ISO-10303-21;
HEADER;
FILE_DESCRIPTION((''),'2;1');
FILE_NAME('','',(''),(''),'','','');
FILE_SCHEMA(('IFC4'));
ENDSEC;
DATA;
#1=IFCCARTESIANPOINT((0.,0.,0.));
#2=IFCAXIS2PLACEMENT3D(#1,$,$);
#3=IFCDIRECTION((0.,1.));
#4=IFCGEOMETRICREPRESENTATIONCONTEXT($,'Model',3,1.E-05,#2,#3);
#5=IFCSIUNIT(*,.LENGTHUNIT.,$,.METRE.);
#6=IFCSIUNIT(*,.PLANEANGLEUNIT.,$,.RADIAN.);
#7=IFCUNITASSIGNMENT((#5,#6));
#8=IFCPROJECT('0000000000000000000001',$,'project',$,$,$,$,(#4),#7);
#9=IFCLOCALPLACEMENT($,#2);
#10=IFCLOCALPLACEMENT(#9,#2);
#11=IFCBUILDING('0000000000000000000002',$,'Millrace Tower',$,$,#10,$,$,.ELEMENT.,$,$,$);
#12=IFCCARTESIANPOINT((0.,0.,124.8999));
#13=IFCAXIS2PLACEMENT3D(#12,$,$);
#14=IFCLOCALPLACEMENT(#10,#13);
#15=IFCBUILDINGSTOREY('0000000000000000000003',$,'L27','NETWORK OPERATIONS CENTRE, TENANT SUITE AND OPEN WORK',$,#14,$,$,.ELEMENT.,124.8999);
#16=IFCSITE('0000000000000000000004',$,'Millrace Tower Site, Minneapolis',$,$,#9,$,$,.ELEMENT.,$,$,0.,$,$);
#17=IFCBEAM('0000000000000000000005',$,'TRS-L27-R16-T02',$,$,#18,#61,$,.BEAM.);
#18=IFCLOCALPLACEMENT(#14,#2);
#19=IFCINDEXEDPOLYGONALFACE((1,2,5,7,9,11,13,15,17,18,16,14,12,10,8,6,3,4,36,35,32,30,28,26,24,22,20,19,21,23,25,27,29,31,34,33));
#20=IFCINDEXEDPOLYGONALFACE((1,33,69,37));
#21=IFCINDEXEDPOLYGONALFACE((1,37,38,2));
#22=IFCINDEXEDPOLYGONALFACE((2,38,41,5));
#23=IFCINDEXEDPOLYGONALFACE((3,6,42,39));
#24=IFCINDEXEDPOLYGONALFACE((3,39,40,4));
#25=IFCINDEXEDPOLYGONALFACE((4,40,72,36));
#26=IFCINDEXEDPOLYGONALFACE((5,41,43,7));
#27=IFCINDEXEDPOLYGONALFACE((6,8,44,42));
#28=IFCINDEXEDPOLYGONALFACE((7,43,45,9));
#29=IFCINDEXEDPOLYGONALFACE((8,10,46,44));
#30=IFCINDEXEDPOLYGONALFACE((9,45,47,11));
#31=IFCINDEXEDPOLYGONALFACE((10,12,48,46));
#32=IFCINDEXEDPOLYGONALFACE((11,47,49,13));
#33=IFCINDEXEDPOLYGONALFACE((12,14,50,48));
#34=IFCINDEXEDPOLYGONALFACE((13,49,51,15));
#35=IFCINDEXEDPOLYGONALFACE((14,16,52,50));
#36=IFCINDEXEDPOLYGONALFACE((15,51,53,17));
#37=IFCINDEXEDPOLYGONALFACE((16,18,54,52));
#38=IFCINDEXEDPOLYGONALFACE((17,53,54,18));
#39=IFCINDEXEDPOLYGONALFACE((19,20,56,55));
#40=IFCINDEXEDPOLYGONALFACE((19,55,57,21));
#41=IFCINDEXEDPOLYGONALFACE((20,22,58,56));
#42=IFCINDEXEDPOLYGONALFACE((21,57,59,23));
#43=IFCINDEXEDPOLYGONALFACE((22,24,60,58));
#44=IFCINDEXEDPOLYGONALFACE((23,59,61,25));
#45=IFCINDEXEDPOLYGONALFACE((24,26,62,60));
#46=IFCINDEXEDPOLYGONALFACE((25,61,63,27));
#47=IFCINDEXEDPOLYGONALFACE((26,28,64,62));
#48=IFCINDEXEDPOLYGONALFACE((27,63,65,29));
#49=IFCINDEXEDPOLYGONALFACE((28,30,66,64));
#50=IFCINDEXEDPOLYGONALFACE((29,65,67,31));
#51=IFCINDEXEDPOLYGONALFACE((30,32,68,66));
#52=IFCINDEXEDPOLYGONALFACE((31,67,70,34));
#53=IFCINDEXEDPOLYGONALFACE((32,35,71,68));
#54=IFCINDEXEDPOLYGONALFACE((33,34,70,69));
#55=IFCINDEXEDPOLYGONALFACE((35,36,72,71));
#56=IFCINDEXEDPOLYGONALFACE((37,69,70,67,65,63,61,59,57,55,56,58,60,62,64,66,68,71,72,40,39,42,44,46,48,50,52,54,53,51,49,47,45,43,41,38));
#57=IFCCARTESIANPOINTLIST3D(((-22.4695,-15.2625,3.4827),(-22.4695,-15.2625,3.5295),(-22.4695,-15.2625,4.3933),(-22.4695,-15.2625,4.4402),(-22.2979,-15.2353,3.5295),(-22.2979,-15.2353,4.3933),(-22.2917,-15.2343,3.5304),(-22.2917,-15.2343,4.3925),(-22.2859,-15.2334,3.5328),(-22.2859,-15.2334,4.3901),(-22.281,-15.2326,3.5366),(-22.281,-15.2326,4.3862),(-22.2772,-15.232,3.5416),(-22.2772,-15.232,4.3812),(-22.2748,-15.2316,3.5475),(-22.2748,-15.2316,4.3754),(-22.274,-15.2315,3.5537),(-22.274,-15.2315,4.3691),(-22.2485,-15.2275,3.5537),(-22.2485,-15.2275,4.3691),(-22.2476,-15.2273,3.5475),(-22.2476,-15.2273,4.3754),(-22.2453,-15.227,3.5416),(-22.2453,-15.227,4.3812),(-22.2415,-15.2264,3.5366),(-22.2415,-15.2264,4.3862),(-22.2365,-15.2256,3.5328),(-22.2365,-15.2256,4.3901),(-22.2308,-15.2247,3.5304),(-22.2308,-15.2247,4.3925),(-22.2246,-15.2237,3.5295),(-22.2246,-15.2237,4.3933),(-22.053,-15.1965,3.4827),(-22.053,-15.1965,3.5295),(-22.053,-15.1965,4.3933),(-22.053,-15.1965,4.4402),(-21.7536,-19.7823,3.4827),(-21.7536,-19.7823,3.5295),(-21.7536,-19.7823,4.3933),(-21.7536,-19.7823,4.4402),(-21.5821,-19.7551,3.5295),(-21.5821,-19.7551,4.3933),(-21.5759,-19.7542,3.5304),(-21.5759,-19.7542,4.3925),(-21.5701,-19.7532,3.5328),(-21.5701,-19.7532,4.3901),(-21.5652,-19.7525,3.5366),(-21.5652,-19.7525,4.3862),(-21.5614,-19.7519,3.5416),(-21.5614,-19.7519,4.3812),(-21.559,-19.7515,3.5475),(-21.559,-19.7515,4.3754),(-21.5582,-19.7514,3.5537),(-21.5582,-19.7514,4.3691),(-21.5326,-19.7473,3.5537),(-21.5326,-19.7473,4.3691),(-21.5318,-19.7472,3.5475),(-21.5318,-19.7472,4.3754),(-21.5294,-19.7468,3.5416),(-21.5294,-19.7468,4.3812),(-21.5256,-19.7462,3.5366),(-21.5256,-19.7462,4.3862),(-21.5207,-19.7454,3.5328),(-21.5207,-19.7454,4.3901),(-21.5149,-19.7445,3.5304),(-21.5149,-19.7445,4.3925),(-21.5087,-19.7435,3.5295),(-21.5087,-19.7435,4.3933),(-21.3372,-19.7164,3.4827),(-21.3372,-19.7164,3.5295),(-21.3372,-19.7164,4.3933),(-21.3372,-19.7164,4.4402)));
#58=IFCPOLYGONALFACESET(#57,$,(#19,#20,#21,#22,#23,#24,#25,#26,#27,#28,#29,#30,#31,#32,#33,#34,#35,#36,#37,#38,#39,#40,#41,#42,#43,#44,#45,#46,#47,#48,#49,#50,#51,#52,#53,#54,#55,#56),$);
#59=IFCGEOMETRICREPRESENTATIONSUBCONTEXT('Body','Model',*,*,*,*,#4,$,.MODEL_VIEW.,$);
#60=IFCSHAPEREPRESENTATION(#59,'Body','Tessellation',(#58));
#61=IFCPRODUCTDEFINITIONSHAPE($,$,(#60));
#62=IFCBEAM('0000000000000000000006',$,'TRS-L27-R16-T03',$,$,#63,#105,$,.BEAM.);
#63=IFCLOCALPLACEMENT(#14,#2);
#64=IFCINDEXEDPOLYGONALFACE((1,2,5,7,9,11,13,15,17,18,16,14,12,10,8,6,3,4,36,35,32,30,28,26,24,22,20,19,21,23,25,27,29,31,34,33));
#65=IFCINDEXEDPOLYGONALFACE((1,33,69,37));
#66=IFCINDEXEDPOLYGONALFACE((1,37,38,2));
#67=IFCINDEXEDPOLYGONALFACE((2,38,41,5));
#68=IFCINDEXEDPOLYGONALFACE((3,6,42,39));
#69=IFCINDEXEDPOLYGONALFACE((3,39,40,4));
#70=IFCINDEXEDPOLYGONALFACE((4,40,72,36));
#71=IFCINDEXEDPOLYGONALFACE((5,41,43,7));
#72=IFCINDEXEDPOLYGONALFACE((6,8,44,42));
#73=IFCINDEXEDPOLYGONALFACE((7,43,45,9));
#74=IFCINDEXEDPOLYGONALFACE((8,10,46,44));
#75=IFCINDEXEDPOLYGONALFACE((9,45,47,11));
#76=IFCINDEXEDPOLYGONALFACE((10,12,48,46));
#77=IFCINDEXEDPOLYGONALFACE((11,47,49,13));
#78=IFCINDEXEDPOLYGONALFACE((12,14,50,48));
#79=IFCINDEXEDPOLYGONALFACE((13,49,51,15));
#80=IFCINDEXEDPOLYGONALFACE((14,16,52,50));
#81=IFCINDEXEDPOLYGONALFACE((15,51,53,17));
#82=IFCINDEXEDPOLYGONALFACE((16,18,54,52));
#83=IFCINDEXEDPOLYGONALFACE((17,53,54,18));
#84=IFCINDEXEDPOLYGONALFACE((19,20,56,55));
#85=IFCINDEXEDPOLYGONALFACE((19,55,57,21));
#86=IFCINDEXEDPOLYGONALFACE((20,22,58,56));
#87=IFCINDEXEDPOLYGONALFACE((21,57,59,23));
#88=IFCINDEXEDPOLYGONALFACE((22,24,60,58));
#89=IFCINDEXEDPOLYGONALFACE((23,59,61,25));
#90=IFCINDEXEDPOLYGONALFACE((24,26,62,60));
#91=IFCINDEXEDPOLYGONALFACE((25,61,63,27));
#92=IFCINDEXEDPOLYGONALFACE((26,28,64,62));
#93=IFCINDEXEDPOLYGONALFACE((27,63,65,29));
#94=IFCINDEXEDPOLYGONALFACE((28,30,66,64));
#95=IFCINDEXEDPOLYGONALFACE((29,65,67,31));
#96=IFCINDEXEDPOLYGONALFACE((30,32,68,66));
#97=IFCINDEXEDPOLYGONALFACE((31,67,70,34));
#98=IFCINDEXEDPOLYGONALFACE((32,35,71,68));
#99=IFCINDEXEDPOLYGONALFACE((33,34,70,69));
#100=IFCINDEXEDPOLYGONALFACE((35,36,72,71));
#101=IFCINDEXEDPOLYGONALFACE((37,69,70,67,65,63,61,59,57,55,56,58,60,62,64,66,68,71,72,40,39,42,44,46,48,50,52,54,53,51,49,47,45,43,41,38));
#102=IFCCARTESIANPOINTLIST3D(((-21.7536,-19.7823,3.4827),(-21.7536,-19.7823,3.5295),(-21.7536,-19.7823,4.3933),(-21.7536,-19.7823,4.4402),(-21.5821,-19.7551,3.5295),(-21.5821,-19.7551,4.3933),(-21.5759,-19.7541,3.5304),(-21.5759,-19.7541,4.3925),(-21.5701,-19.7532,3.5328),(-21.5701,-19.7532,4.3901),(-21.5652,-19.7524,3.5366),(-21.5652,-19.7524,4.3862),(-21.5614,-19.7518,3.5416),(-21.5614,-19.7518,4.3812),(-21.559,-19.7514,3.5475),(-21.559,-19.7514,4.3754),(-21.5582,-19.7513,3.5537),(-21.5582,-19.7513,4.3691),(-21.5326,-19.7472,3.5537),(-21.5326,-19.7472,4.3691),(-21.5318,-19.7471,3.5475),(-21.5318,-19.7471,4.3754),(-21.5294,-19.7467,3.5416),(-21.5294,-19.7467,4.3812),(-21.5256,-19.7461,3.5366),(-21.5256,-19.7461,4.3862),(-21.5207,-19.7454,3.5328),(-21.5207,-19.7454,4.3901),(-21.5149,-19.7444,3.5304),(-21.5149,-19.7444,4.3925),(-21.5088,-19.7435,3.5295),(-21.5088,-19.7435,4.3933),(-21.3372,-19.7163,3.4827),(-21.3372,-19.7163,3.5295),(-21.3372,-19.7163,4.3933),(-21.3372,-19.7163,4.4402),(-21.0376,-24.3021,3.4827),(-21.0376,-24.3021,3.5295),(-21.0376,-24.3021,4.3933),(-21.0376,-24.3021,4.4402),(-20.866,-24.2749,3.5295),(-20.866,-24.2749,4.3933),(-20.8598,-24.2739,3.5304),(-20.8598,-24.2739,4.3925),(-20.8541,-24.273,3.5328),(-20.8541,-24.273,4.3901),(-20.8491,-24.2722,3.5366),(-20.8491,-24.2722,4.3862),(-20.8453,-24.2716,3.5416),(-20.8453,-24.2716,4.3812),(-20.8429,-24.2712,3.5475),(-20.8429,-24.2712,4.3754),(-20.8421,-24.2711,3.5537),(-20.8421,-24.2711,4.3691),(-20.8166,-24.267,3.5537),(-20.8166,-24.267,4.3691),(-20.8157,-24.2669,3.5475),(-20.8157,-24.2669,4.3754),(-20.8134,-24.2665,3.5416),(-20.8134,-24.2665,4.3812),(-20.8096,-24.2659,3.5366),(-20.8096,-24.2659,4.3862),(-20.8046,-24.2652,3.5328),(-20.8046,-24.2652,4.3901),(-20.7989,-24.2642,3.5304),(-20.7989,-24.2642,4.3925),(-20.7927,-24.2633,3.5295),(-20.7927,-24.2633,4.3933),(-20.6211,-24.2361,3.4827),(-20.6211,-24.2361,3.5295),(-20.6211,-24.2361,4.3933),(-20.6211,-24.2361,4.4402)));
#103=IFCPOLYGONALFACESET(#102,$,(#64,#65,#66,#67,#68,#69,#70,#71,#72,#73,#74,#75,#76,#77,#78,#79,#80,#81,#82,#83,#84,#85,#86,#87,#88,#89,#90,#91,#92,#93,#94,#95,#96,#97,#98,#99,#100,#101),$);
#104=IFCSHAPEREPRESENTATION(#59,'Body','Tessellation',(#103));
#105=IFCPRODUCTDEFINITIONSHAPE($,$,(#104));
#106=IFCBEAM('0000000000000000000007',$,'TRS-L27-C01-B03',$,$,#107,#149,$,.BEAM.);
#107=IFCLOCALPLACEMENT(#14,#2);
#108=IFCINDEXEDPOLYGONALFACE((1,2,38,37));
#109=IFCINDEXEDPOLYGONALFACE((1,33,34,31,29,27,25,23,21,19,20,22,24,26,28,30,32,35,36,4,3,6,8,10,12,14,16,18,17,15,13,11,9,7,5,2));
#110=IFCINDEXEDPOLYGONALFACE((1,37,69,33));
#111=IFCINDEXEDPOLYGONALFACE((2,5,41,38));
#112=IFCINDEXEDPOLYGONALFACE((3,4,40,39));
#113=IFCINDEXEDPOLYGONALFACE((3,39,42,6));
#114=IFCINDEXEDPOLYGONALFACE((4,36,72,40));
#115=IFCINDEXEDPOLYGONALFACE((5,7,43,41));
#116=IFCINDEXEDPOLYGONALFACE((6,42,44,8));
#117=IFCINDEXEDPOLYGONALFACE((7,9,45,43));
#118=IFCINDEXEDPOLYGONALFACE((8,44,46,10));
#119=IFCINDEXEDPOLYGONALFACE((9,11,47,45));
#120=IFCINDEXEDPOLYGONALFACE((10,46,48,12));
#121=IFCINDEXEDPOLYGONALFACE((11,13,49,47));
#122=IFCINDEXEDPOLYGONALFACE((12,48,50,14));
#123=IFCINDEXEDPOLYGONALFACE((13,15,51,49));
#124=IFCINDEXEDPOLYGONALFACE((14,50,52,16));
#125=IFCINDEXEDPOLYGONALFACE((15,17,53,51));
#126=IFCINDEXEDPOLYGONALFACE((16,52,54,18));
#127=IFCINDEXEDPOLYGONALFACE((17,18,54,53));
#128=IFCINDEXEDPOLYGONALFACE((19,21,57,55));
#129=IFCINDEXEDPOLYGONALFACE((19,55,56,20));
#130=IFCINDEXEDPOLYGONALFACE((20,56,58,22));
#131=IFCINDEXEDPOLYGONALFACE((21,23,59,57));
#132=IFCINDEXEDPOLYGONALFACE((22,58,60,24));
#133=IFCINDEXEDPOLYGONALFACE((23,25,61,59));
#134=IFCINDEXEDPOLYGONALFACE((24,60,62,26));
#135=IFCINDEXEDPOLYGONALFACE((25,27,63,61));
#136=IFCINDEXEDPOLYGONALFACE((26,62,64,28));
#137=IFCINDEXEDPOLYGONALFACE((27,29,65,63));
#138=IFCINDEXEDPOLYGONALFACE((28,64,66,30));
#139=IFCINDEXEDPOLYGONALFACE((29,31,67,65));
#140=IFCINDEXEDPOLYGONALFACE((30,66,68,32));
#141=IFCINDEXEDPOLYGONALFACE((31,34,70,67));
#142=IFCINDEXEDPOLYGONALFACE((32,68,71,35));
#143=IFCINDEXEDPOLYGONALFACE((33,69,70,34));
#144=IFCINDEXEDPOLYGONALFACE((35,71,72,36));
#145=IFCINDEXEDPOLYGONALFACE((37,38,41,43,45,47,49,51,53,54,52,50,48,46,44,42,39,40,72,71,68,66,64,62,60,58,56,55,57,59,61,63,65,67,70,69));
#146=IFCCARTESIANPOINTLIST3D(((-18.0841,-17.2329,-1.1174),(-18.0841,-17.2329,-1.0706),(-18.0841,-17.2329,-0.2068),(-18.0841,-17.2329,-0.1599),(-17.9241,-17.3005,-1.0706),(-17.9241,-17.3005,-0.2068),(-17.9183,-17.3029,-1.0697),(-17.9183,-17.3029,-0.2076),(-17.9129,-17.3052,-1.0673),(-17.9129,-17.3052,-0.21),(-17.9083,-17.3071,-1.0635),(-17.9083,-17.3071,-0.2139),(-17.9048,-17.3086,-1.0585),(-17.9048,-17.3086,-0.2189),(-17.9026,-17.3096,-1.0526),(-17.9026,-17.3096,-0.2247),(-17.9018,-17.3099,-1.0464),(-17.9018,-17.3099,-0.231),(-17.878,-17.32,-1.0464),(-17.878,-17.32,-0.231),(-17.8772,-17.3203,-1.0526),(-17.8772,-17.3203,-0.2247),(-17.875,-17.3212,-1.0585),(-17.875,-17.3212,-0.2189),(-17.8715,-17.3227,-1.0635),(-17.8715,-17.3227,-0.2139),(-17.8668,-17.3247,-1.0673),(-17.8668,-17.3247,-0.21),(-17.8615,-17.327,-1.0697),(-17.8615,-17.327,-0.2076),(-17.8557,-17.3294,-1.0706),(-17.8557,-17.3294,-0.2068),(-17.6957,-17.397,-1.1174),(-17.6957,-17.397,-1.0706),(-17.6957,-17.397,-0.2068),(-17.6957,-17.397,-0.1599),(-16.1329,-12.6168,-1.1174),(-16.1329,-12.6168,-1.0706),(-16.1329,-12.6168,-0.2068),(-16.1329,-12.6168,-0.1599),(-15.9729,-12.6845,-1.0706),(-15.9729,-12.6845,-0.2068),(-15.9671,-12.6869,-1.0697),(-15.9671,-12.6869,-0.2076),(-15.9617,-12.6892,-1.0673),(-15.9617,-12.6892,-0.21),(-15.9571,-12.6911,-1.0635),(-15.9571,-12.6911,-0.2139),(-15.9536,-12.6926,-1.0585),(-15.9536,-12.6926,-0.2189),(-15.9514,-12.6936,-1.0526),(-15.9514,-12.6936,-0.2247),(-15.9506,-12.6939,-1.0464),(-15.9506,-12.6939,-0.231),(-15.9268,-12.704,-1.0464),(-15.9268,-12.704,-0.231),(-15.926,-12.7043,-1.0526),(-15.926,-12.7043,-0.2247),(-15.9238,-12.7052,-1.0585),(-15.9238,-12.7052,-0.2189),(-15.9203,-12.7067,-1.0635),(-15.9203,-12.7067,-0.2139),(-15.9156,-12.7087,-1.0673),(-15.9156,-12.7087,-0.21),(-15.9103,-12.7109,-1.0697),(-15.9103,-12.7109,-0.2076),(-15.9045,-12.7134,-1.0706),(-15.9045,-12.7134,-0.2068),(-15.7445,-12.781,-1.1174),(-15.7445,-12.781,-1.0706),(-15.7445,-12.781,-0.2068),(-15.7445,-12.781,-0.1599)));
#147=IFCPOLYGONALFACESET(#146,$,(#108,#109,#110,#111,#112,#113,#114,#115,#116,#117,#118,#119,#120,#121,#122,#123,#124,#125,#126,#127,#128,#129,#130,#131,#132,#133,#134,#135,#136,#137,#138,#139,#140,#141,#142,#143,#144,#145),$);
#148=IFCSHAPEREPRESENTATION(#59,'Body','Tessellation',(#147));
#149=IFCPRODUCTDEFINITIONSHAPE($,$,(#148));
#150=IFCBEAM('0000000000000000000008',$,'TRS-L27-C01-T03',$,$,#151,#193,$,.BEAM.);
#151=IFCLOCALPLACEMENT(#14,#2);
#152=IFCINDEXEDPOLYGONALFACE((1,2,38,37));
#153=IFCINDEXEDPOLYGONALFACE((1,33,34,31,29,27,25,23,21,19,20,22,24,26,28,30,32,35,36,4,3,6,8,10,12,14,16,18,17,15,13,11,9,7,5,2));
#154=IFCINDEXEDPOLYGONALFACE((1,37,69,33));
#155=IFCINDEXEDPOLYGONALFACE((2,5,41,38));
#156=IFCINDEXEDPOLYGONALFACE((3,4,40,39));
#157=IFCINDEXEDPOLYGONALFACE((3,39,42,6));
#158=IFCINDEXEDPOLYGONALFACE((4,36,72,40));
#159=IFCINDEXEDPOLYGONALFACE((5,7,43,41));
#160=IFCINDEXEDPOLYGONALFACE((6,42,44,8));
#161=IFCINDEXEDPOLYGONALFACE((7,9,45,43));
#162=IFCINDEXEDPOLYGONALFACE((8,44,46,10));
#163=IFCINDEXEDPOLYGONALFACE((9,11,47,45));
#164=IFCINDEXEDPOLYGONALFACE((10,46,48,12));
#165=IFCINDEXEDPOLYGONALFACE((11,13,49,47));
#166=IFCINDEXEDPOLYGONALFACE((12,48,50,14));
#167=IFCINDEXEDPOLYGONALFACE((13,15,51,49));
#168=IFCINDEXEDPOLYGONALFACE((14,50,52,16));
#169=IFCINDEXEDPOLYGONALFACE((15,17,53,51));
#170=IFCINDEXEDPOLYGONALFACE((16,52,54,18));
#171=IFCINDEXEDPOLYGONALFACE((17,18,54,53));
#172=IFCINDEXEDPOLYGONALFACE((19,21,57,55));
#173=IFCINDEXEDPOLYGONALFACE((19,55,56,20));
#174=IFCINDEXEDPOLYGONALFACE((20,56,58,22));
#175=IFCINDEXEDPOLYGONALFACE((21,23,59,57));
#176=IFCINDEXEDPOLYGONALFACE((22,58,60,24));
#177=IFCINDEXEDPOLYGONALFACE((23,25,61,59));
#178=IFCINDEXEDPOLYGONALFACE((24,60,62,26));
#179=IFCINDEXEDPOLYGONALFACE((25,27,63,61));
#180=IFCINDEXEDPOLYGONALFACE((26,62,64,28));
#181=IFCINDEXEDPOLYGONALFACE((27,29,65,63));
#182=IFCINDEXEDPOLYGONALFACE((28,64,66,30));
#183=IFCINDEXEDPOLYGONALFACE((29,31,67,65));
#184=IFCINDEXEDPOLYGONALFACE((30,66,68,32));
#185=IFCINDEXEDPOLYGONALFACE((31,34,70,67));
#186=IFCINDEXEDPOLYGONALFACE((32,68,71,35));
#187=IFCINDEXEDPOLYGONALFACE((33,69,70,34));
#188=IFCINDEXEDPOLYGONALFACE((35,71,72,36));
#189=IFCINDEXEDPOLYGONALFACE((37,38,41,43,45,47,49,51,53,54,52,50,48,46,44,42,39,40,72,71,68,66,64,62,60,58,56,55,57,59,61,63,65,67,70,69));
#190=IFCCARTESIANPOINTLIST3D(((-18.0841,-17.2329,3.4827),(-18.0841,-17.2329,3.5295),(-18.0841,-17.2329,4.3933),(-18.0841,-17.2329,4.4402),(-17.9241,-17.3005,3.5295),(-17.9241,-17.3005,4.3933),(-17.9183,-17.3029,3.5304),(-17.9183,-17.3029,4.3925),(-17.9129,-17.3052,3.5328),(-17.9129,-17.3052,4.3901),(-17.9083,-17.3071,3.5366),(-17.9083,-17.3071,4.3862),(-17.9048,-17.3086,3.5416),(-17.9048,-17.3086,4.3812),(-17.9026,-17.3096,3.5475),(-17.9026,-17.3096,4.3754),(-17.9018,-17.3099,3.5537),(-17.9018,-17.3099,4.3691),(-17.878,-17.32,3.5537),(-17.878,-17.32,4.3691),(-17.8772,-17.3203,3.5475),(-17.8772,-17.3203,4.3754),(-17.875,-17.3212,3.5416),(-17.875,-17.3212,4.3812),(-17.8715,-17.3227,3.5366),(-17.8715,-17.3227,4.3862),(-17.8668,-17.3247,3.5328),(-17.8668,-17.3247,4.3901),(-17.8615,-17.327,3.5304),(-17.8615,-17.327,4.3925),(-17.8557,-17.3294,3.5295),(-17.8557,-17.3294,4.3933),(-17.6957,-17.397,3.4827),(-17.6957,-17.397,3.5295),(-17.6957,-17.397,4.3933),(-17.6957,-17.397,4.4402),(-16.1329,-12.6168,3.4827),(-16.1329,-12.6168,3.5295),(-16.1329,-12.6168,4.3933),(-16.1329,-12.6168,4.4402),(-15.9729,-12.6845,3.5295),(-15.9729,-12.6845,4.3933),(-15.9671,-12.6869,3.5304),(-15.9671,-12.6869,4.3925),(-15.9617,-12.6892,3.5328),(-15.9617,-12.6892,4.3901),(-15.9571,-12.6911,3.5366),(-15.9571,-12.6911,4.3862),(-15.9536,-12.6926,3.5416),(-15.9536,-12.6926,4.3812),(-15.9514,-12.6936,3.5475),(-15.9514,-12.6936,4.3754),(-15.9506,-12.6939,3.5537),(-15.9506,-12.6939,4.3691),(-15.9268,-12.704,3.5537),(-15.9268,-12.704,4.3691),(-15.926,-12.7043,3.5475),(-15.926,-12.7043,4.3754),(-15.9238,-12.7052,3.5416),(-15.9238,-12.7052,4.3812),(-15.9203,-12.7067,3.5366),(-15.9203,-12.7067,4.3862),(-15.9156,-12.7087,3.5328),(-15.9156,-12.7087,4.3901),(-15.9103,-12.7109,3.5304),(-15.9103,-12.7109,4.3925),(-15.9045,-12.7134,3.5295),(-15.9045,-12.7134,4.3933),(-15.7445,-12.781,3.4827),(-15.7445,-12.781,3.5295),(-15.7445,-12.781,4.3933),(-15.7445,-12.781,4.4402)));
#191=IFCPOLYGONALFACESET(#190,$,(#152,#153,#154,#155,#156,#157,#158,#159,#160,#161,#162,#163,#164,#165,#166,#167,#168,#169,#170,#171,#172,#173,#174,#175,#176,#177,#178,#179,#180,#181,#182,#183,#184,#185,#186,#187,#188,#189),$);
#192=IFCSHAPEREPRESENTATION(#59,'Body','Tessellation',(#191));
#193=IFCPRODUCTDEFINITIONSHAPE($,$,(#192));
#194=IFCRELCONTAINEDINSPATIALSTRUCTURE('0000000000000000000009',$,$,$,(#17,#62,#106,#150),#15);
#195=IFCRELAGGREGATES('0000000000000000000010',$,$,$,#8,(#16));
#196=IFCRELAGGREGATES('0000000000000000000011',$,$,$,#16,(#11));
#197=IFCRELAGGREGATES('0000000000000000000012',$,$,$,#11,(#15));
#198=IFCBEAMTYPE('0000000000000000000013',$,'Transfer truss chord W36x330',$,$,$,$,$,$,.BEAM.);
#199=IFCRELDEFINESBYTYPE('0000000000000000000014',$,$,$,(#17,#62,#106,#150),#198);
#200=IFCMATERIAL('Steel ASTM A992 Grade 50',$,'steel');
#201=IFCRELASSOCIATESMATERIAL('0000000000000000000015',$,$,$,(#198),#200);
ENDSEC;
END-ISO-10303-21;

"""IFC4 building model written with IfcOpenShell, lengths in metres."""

from ifc_helpers import new_model, si_unit, direction, frame, origin, origin_2d, place, context, subcontext, project, spatial, i_section, extrude, material, material_profile, profile_set, type_object, element, save


model = new_model("IFC4")

# Units and contexts
model_context = context("Model", 3, precision=1e-05, world=origin(), true_north=direction((0.0, 1.0)))
body_context = subcontext(model_context, "Body", "Model", "MODEL_VIEW")
ifc_project = project(units=[si_unit("LENGTHUNIT", "METRE"), si_unit("PLANEANGLEUNIT", "RADIAN")], contexts=[model_context])

# Site, building, storey
site_placement = place(None, origin())
site = spatial("IfcSite", under=ifc_project, at=site_placement, Name="Millrace Tower Site, Minneapolis", CompositionType="ELEMENT", RefElevation=0.0)
building_placement = place(site_placement, origin())
building = spatial("IfcBuilding", under=site, at=building_placement, Name="Millrace Tower", CompositionType="ELEMENT")
storey_placement = place(building_placement, frame((0.0, 0.0, 124.8999)))
storey = spatial("IfcBuildingStorey", under=building, at=storey_placement, Name="L27", Description="NETWORK OPERATIONS CENTRE, TENANT SUITE AND OPEN WORK", CompositionType="ELEMENT", Elevation=124.8999)

# Beams
ifc_material_1 = material(Name="Steel ASTM A992 Grade 50", Category="steel")
ifc_material_profile_1 = material_profile(ifc_material_1, i_section(OverallWidth=0.4216, OverallDepth=0.9575, WebThickness=0.0259, FlangeThickness=0.0469, FilletRadius=0.0242, at=origin_2d()))
ifc_profile_set_1 = profile_set([ifc_material_profile_1], Name="Steel ASTM A992 Grade 50")
beam_type_1 = type_object("IfcBeamType", Name="Transfer truss chord W36x330", PredefinedType="BEAM", material=ifc_profile_set_1)
for number, where, z_axis, x_axis, name in (
    (1, (-22.2612, -15.2295, 3.9614), (0.156426, -0.98769, 0.0), (0.98769, 0.156426, 0.0), "TRS-L27-R16-T02"),
    (2, (-21.5454, -19.7493, 3.9614), (0.156478, -0.987682, 0.0), (0.987682, 0.156478, 0.0), "TRS-L27-R16-T03"),
):
    element("IfcBeam", number, at=place(storey_placement, frame(where, z_axis=z_axis, x_axis=x_axis)), inside=storey, type_object=beam_type_1, Name=name, PredefinedType="BEAM", context=body_context, shape_type="SweptSolid", body=[
        extrude(i_section(OverallWidth=0.4216, OverallDepth=0.9575, WebThickness=0.0259, FlangeThickness=0.0469, FilletRadius=0.0242, at=origin_2d()), origin(), (0.0, 0.0, 1.0), 4.5762),
    ])
for number, where, z_axis, x_axis, name in (
    (3, (-17.8899, -17.3149, -0.6387), (0.389346, 0.921092, 0.0), (-0.921092, 0.389346, 0.0), "TRS-L27-C01-B03"),
    (4, (-17.8899, -17.3149, 3.9614), (0.389346, 0.921092, 0.0), (-0.921092, 0.389346, 0.0), "TRS-L27-C01-T03"),
):
    element("IfcBeam", number, at=place(storey_placement, frame(where, z_axis=z_axis, x_axis=x_axis)), inside=storey, type_object=beam_type_1, Name=name, PredefinedType="BEAM", context=body_context, shape_type="SweptSolid", body=[
        extrude(i_section(OverallWidth=0.4216, OverallDepth=0.9575, WebThickness=0.0259, FlangeThickness=0.0469, FilletRadius=0.0242, at=origin_2d()), origin(), (0.0, 0.0, 1.0), 5.0115),
    ])

save(model, "model.ifc")
